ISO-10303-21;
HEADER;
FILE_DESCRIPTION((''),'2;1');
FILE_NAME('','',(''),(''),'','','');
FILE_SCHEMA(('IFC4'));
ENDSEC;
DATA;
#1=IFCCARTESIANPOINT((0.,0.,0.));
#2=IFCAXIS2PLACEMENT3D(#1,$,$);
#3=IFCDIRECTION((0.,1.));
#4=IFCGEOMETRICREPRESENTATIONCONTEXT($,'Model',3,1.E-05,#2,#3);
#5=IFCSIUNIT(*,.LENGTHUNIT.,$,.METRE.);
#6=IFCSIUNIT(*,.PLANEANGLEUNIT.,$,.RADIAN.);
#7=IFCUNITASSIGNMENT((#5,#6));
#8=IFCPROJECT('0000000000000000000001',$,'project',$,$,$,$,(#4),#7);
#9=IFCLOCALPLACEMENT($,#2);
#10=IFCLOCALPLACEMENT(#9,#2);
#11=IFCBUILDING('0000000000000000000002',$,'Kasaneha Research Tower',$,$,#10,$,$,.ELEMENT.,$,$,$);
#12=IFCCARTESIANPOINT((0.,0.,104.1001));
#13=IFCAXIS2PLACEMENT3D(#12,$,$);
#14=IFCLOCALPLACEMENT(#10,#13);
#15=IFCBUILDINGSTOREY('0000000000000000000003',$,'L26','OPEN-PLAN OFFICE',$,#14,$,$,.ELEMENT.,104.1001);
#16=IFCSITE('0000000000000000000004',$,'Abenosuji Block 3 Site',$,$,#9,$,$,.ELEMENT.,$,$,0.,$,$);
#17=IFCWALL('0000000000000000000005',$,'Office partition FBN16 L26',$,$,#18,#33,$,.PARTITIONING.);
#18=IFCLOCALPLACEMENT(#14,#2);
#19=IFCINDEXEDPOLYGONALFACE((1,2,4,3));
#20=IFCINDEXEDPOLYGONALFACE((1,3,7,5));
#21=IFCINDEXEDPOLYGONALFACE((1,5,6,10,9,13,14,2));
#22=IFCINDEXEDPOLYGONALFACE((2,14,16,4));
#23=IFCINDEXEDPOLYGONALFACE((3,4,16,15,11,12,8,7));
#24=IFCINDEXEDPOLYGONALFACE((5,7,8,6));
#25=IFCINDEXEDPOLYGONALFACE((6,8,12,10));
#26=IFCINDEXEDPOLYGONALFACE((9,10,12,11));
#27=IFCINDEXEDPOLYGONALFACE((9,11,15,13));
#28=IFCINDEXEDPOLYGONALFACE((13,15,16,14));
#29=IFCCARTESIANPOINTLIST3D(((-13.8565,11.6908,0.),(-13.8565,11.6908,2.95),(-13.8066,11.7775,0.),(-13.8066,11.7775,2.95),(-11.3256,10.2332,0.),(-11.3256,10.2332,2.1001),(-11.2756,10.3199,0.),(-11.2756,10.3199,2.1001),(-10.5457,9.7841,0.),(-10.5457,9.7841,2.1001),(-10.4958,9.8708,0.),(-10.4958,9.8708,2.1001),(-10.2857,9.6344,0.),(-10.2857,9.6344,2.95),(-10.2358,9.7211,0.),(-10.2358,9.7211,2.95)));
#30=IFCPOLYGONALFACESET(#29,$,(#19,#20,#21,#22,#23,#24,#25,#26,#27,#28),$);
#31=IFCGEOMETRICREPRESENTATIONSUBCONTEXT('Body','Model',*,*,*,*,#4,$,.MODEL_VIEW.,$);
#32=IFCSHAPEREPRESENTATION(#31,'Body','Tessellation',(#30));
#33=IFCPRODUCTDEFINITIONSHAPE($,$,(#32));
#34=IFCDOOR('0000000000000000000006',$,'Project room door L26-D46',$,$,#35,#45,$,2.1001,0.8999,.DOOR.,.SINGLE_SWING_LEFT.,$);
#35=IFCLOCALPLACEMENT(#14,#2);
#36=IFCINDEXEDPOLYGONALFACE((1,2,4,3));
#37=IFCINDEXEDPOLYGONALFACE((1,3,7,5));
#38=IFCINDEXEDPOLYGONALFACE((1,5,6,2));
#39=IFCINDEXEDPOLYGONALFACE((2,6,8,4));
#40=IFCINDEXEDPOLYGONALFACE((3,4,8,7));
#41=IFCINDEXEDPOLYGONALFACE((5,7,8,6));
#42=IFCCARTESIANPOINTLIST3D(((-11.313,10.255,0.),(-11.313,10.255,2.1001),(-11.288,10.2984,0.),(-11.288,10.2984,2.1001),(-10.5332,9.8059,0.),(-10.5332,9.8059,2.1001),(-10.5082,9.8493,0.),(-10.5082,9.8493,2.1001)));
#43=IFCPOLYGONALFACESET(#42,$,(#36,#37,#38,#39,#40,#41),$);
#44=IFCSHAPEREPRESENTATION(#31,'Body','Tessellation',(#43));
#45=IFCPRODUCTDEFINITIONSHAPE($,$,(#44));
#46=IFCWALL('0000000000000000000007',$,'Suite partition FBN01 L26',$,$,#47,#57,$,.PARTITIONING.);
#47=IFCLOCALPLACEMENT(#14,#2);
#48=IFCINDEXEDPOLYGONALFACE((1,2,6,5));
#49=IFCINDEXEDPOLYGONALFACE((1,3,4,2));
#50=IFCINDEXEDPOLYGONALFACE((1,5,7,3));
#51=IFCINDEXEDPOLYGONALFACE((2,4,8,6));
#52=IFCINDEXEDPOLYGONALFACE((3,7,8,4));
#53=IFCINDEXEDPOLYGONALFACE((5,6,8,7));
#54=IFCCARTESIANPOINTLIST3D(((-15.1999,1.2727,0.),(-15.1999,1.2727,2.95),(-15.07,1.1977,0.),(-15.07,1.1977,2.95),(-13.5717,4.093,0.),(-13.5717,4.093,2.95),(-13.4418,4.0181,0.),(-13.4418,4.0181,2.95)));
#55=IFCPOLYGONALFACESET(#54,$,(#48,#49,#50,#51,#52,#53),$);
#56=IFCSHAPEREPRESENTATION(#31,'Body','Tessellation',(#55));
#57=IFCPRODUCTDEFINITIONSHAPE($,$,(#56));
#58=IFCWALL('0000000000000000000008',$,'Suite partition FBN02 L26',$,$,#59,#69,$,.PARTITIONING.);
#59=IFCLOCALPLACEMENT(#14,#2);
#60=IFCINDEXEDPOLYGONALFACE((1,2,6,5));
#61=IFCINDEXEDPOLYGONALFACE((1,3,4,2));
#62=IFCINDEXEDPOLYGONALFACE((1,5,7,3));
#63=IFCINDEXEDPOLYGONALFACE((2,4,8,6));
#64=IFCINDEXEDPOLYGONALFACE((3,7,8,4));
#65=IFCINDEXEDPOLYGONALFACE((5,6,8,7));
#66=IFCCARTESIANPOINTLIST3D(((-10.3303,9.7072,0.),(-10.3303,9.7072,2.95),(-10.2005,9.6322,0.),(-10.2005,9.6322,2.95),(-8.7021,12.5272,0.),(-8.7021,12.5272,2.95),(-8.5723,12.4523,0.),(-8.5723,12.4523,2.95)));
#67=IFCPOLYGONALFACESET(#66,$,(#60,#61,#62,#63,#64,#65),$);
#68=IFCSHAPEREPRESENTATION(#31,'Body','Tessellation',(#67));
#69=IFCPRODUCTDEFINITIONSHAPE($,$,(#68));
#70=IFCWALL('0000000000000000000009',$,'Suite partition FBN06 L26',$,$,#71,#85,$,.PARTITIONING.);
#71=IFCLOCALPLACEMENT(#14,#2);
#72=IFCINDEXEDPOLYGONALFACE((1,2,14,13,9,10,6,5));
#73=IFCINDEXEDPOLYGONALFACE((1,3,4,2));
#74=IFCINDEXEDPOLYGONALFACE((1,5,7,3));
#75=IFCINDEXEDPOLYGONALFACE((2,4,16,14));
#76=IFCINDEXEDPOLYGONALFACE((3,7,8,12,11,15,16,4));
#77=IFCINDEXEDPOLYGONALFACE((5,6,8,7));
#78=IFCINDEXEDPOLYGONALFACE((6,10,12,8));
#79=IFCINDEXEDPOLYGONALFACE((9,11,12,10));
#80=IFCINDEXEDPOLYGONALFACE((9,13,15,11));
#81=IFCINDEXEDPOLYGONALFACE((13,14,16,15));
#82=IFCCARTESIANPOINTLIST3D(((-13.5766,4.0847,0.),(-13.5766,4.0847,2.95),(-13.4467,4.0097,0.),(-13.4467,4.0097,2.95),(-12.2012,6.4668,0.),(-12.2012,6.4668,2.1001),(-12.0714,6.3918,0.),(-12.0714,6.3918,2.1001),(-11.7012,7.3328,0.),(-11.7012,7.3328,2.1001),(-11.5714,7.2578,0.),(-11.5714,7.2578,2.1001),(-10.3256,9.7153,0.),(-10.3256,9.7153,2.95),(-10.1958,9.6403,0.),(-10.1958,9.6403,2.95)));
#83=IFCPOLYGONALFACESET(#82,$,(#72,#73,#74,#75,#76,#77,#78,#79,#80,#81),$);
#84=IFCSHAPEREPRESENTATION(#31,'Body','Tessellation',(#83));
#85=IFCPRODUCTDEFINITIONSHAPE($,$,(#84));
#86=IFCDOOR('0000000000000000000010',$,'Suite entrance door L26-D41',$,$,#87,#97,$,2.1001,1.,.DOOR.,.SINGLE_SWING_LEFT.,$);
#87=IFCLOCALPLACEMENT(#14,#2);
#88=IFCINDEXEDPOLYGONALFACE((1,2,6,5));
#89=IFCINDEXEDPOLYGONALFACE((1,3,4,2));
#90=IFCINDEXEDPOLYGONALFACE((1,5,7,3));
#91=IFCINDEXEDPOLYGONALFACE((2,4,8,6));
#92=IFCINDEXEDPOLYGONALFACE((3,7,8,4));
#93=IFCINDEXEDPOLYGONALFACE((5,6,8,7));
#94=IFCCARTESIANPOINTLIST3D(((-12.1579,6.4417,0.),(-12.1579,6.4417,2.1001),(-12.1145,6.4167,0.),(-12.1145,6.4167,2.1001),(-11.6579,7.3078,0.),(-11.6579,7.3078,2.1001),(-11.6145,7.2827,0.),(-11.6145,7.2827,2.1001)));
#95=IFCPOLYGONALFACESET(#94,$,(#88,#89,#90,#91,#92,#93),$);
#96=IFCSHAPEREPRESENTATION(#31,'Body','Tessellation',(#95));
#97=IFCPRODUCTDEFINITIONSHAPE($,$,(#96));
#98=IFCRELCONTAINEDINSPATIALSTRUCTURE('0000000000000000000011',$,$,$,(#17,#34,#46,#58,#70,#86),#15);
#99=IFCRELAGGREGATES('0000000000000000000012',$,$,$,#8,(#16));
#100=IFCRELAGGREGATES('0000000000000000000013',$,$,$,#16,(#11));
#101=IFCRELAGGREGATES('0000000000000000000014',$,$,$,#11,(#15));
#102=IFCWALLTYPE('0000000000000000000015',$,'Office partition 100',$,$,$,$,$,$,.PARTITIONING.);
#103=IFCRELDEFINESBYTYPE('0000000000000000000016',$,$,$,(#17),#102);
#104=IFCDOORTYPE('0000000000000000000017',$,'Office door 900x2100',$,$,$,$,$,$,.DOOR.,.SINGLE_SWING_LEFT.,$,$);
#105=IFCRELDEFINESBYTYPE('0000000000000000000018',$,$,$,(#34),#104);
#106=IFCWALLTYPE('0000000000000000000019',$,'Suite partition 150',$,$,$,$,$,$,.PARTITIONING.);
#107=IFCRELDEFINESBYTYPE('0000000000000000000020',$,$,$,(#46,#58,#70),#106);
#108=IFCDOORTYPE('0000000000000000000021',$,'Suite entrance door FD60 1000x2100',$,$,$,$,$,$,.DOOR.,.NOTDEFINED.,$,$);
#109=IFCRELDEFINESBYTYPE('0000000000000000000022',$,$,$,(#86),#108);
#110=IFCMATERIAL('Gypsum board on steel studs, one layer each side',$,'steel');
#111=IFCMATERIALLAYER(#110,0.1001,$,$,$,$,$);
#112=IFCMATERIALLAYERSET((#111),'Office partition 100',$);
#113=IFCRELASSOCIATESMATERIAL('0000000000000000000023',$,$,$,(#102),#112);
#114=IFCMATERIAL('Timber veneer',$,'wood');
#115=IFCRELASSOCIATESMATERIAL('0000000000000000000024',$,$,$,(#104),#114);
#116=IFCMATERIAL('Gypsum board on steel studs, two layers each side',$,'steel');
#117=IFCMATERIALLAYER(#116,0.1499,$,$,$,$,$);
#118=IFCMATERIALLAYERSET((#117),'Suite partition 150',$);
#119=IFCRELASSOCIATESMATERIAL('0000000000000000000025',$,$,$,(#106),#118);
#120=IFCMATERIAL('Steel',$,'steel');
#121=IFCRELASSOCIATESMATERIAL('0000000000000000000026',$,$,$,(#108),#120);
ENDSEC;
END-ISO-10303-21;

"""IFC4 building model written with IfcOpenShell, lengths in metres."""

from ifc_helpers import new_model, si_unit, direction, frame, frame_2d, origin, place, context, subcontext, project, spatial, rectangle, extrude, material, layer, layer_set, type_object, element, fill, save


model = new_model("IFC4")

# Units and contexts
model_context = context("Model", 3, precision=1e-05, world=origin(), true_north=direction((0.0, 1.0)))
body_context = subcontext(model_context, "Body", "Model", "MODEL_VIEW")
ifc_project = project(units=[si_unit("LENGTHUNIT", "METRE"), si_unit("PLANEANGLEUNIT", "RADIAN")], contexts=[model_context])

# Site, building, storey
site_placement = place(None, origin())
site = spatial("IfcSite", under=ifc_project, at=site_placement, Name="Abenosuji Block 3 Site", CompositionType="ELEMENT", RefElevation=0.0)
building_placement = place(site_placement, origin())
building = spatial("IfcBuilding", under=site, at=building_placement, Name="Kasaneha Research Tower", CompositionType="ELEMENT")
storey_placement = place(building_placement, frame((0.0, 0.0, 104.1001)))
storey = spatial("IfcBuildingStorey", under=building, at=storey_placement, Name="L26", Description="OPEN-PLAN OFFICE", CompositionType="ELEMENT", Elevation=104.1001)

# Shared definitions
ifc_material_1 = material(Name="Gypsum board on steel studs, one layer each side", Category="steel")
ifc_layer_1 = layer(ifc_material_1, 0.1001)
ifc_layer_set_1 = layer_set([ifc_layer_1], Name="Office partition 100")
wall_type_1 = type_object("IfcWallType", Name="Office partition 100", PredefinedType="PARTITIONING", material=ifc_layer_set_1)

# Wall, opening, door
wall_1_placement = place(storey_placement, frame((-10.2607, 9.6777, 0.0), z_axis=(0.0, 0.0, 1.0), x_axis=(-0.866572, 0.499052, 0.0)))
wall_1 = element("IfcWall", 1, at=wall_1_placement, inside=storey, type_object=wall_type_1, Name="Office partition FBN16 L26", PredefinedType="PARTITIONING", context=body_context, shape_type="SweptSolid", body=[
    extrude(rectangle(XDim=4.1206, YDim=0.1001, at=frame_2d((2.0603, 0.0))), origin(), (0.0, 0.0, 1.0), 2.95),
])
opening_1_placement = place(wall_1_placement, frame((0.3, 0.0, 0.0)))
opening_1 = element("IfcOpeningElement", 2, at=opening_1_placement, cuts=wall_1, PredefinedType="OPENING", context=body_context, shape_type="SweptSolid", body=[
    extrude(rectangle(XDim=0.8999, YDim=2.1001, at=frame_2d((0.45, 1.05))), frame((0.0, 0.0601, 0.0), z_axis=(0.0, -1.0, 0.0), x_axis=(1.0, 0.0, 0.0)), (0.0, 0.0, 1.0), 0.1201),
])
ifc_material_2 = material(Name="Timber veneer", Category="wood")
door_type_1 = type_object("IfcDoorType", Name="Office door 900x2100", OperationType="SINGLE_SWING_LEFT", PredefinedType="DOOR", material=ifc_material_2)
door_1_placement = place(opening_1_placement, origin())
door_1 = element("IfcDoor", 3, at=door_1_placement, inside=storey, type_object=door_type_1, Name="Project room door L26-D46", OperationType="SINGLE_SWING_LEFT", OverallHeight=2.1001, OverallWidth=0.8999, PredefinedType="DOOR", context=body_context, shape_type="SweptSolid", body=[
    extrude(rectangle(XDim=0.8999, YDim=2.1001, at=frame_2d((0.45, 1.05))), frame((0.0, 0.0249, 0.0), z_axis=(0.0, -1.0, 0.0), x_axis=(1.0, 0.0, 0.0)), (0.0, 0.0, 1.0), 0.05),
])
fill(opening_1, door_1)

# Walls
ifc_material_3 = material(Name="Gypsum board on steel studs, two layers each side", Category="steel")
ifc_layer_2 = layer(ifc_material_3, 0.1499)
ifc_layer_set_2 = layer_set([ifc_layer_2], Name="Suite partition 150")
wall_type_2 = type_object("IfcWallType", Name="Suite partition 150", PredefinedType="PARTITIONING", material=ifc_layer_set_2)
wall_2_placement = place(storey_placement, frame((-15.135, 1.2351, 0.0), z_axis=(0.0, 0.0, 1.0), x_axis=(0.499969, 0.866043, 0.0)))
element("IfcWall", 4, at=wall_2_placement, inside=storey, type_object=wall_type_2, Name="Suite partition FBN01 L26", PredefinedType="PARTITIONING", context=body_context, shape_type="SweptSolid", body=[
    extrude(rectangle(XDim=3.2566, YDim=0.1499, at=frame_2d((1.6284, 0.0))), origin(), (0.0, 0.0, 1.0), 2.95),
])
wall_3_placement = place(storey_placement, frame((-10.2654, 9.6697, 0.0), z_axis=(0.0, 0.0, 1.0), x_axis=(0.500002, 0.866025, 0.0)))
element("IfcWall", 5, at=wall_3_placement, inside=storey, type_object=wall_type_2, Name="Suite partition FBN02 L26", PredefinedType="PARTITIONING", context=body_context, shape_type="SweptSolid", body=[
    extrude(rectangle(XDim=3.2563, YDim=0.1499, at=frame_2d((1.6282, 0.0))), origin(), (0.0, 0.0, 1.0), 2.95),
])

# Wall, opening, door
wall_4_placement = place(storey_placement, frame((-13.5117, 4.0471, 0.0), z_axis=(0.0, 0.0, 1.0), x_axis=(0.500016, 0.866016, 0.0)))
wall_4 = element("IfcWall", 6, at=wall_4_placement, inside=storey, type_object=wall_type_2, Name="Suite partition FBN06 L26", PredefinedType="PARTITIONING", context=body_context, shape_type="SweptSolid", body=[
    extrude(rectangle(XDim=6.5017, YDim=0.1499, at=frame_2d((3.251, 0.0))), origin(), (0.0, 0.0, 1.0), 2.95),
])
opening_2_placement = place(wall_4_placement, frame((2.7507, 0.0, 0.0)))
opening_2 = element("IfcOpeningElement", 7, at=opening_2_placement, cuts=wall_4, PredefinedType="OPENING", context=body_context, shape_type="SweptSolid", body=[
    extrude(rectangle(XDim=1.0, YDim=2.1001, at=frame_2d((0.5, 1.05))), frame((0.0, 0.085, 0.0), z_axis=(0.0, -1.0, 0.0), x_axis=(1.0, 0.0, 0.0)), (0.0, 0.0, 1.0), 0.1699),
])
ifc_material_4 = material(Name="Steel", Category="steel")
door_type_2 = type_object("IfcDoorType", Name="Suite entrance door FD60 1000x2100", OperationType="NOTDEFINED", PredefinedType="DOOR", material=ifc_material_4)
door_2_placement = place(opening_2_placement, origin())
door_2 = element("IfcDoor", 8, at=door_2_placement, inside=storey, type_object=door_type_2, Name="Suite entrance door L26-D41", OperationType="SINGLE_SWING_LEFT", OverallHeight=2.1001, OverallWidth=1.0, PredefinedType="DOOR", context=body_context, shape_type="SweptSolid", body=[
    extrude(rectangle(XDim=1.0, YDim=2.1001, at=frame_2d((0.5, 1.05))), frame((0.0, 0.0249, 0.0), z_axis=(0.0, -1.0, 0.0), x_axis=(1.0, 0.0, 0.0)), (0.0, 0.0, 1.0), 0.05),
])
fill(opening_2, door_2)

save(model, "model.ifc")
